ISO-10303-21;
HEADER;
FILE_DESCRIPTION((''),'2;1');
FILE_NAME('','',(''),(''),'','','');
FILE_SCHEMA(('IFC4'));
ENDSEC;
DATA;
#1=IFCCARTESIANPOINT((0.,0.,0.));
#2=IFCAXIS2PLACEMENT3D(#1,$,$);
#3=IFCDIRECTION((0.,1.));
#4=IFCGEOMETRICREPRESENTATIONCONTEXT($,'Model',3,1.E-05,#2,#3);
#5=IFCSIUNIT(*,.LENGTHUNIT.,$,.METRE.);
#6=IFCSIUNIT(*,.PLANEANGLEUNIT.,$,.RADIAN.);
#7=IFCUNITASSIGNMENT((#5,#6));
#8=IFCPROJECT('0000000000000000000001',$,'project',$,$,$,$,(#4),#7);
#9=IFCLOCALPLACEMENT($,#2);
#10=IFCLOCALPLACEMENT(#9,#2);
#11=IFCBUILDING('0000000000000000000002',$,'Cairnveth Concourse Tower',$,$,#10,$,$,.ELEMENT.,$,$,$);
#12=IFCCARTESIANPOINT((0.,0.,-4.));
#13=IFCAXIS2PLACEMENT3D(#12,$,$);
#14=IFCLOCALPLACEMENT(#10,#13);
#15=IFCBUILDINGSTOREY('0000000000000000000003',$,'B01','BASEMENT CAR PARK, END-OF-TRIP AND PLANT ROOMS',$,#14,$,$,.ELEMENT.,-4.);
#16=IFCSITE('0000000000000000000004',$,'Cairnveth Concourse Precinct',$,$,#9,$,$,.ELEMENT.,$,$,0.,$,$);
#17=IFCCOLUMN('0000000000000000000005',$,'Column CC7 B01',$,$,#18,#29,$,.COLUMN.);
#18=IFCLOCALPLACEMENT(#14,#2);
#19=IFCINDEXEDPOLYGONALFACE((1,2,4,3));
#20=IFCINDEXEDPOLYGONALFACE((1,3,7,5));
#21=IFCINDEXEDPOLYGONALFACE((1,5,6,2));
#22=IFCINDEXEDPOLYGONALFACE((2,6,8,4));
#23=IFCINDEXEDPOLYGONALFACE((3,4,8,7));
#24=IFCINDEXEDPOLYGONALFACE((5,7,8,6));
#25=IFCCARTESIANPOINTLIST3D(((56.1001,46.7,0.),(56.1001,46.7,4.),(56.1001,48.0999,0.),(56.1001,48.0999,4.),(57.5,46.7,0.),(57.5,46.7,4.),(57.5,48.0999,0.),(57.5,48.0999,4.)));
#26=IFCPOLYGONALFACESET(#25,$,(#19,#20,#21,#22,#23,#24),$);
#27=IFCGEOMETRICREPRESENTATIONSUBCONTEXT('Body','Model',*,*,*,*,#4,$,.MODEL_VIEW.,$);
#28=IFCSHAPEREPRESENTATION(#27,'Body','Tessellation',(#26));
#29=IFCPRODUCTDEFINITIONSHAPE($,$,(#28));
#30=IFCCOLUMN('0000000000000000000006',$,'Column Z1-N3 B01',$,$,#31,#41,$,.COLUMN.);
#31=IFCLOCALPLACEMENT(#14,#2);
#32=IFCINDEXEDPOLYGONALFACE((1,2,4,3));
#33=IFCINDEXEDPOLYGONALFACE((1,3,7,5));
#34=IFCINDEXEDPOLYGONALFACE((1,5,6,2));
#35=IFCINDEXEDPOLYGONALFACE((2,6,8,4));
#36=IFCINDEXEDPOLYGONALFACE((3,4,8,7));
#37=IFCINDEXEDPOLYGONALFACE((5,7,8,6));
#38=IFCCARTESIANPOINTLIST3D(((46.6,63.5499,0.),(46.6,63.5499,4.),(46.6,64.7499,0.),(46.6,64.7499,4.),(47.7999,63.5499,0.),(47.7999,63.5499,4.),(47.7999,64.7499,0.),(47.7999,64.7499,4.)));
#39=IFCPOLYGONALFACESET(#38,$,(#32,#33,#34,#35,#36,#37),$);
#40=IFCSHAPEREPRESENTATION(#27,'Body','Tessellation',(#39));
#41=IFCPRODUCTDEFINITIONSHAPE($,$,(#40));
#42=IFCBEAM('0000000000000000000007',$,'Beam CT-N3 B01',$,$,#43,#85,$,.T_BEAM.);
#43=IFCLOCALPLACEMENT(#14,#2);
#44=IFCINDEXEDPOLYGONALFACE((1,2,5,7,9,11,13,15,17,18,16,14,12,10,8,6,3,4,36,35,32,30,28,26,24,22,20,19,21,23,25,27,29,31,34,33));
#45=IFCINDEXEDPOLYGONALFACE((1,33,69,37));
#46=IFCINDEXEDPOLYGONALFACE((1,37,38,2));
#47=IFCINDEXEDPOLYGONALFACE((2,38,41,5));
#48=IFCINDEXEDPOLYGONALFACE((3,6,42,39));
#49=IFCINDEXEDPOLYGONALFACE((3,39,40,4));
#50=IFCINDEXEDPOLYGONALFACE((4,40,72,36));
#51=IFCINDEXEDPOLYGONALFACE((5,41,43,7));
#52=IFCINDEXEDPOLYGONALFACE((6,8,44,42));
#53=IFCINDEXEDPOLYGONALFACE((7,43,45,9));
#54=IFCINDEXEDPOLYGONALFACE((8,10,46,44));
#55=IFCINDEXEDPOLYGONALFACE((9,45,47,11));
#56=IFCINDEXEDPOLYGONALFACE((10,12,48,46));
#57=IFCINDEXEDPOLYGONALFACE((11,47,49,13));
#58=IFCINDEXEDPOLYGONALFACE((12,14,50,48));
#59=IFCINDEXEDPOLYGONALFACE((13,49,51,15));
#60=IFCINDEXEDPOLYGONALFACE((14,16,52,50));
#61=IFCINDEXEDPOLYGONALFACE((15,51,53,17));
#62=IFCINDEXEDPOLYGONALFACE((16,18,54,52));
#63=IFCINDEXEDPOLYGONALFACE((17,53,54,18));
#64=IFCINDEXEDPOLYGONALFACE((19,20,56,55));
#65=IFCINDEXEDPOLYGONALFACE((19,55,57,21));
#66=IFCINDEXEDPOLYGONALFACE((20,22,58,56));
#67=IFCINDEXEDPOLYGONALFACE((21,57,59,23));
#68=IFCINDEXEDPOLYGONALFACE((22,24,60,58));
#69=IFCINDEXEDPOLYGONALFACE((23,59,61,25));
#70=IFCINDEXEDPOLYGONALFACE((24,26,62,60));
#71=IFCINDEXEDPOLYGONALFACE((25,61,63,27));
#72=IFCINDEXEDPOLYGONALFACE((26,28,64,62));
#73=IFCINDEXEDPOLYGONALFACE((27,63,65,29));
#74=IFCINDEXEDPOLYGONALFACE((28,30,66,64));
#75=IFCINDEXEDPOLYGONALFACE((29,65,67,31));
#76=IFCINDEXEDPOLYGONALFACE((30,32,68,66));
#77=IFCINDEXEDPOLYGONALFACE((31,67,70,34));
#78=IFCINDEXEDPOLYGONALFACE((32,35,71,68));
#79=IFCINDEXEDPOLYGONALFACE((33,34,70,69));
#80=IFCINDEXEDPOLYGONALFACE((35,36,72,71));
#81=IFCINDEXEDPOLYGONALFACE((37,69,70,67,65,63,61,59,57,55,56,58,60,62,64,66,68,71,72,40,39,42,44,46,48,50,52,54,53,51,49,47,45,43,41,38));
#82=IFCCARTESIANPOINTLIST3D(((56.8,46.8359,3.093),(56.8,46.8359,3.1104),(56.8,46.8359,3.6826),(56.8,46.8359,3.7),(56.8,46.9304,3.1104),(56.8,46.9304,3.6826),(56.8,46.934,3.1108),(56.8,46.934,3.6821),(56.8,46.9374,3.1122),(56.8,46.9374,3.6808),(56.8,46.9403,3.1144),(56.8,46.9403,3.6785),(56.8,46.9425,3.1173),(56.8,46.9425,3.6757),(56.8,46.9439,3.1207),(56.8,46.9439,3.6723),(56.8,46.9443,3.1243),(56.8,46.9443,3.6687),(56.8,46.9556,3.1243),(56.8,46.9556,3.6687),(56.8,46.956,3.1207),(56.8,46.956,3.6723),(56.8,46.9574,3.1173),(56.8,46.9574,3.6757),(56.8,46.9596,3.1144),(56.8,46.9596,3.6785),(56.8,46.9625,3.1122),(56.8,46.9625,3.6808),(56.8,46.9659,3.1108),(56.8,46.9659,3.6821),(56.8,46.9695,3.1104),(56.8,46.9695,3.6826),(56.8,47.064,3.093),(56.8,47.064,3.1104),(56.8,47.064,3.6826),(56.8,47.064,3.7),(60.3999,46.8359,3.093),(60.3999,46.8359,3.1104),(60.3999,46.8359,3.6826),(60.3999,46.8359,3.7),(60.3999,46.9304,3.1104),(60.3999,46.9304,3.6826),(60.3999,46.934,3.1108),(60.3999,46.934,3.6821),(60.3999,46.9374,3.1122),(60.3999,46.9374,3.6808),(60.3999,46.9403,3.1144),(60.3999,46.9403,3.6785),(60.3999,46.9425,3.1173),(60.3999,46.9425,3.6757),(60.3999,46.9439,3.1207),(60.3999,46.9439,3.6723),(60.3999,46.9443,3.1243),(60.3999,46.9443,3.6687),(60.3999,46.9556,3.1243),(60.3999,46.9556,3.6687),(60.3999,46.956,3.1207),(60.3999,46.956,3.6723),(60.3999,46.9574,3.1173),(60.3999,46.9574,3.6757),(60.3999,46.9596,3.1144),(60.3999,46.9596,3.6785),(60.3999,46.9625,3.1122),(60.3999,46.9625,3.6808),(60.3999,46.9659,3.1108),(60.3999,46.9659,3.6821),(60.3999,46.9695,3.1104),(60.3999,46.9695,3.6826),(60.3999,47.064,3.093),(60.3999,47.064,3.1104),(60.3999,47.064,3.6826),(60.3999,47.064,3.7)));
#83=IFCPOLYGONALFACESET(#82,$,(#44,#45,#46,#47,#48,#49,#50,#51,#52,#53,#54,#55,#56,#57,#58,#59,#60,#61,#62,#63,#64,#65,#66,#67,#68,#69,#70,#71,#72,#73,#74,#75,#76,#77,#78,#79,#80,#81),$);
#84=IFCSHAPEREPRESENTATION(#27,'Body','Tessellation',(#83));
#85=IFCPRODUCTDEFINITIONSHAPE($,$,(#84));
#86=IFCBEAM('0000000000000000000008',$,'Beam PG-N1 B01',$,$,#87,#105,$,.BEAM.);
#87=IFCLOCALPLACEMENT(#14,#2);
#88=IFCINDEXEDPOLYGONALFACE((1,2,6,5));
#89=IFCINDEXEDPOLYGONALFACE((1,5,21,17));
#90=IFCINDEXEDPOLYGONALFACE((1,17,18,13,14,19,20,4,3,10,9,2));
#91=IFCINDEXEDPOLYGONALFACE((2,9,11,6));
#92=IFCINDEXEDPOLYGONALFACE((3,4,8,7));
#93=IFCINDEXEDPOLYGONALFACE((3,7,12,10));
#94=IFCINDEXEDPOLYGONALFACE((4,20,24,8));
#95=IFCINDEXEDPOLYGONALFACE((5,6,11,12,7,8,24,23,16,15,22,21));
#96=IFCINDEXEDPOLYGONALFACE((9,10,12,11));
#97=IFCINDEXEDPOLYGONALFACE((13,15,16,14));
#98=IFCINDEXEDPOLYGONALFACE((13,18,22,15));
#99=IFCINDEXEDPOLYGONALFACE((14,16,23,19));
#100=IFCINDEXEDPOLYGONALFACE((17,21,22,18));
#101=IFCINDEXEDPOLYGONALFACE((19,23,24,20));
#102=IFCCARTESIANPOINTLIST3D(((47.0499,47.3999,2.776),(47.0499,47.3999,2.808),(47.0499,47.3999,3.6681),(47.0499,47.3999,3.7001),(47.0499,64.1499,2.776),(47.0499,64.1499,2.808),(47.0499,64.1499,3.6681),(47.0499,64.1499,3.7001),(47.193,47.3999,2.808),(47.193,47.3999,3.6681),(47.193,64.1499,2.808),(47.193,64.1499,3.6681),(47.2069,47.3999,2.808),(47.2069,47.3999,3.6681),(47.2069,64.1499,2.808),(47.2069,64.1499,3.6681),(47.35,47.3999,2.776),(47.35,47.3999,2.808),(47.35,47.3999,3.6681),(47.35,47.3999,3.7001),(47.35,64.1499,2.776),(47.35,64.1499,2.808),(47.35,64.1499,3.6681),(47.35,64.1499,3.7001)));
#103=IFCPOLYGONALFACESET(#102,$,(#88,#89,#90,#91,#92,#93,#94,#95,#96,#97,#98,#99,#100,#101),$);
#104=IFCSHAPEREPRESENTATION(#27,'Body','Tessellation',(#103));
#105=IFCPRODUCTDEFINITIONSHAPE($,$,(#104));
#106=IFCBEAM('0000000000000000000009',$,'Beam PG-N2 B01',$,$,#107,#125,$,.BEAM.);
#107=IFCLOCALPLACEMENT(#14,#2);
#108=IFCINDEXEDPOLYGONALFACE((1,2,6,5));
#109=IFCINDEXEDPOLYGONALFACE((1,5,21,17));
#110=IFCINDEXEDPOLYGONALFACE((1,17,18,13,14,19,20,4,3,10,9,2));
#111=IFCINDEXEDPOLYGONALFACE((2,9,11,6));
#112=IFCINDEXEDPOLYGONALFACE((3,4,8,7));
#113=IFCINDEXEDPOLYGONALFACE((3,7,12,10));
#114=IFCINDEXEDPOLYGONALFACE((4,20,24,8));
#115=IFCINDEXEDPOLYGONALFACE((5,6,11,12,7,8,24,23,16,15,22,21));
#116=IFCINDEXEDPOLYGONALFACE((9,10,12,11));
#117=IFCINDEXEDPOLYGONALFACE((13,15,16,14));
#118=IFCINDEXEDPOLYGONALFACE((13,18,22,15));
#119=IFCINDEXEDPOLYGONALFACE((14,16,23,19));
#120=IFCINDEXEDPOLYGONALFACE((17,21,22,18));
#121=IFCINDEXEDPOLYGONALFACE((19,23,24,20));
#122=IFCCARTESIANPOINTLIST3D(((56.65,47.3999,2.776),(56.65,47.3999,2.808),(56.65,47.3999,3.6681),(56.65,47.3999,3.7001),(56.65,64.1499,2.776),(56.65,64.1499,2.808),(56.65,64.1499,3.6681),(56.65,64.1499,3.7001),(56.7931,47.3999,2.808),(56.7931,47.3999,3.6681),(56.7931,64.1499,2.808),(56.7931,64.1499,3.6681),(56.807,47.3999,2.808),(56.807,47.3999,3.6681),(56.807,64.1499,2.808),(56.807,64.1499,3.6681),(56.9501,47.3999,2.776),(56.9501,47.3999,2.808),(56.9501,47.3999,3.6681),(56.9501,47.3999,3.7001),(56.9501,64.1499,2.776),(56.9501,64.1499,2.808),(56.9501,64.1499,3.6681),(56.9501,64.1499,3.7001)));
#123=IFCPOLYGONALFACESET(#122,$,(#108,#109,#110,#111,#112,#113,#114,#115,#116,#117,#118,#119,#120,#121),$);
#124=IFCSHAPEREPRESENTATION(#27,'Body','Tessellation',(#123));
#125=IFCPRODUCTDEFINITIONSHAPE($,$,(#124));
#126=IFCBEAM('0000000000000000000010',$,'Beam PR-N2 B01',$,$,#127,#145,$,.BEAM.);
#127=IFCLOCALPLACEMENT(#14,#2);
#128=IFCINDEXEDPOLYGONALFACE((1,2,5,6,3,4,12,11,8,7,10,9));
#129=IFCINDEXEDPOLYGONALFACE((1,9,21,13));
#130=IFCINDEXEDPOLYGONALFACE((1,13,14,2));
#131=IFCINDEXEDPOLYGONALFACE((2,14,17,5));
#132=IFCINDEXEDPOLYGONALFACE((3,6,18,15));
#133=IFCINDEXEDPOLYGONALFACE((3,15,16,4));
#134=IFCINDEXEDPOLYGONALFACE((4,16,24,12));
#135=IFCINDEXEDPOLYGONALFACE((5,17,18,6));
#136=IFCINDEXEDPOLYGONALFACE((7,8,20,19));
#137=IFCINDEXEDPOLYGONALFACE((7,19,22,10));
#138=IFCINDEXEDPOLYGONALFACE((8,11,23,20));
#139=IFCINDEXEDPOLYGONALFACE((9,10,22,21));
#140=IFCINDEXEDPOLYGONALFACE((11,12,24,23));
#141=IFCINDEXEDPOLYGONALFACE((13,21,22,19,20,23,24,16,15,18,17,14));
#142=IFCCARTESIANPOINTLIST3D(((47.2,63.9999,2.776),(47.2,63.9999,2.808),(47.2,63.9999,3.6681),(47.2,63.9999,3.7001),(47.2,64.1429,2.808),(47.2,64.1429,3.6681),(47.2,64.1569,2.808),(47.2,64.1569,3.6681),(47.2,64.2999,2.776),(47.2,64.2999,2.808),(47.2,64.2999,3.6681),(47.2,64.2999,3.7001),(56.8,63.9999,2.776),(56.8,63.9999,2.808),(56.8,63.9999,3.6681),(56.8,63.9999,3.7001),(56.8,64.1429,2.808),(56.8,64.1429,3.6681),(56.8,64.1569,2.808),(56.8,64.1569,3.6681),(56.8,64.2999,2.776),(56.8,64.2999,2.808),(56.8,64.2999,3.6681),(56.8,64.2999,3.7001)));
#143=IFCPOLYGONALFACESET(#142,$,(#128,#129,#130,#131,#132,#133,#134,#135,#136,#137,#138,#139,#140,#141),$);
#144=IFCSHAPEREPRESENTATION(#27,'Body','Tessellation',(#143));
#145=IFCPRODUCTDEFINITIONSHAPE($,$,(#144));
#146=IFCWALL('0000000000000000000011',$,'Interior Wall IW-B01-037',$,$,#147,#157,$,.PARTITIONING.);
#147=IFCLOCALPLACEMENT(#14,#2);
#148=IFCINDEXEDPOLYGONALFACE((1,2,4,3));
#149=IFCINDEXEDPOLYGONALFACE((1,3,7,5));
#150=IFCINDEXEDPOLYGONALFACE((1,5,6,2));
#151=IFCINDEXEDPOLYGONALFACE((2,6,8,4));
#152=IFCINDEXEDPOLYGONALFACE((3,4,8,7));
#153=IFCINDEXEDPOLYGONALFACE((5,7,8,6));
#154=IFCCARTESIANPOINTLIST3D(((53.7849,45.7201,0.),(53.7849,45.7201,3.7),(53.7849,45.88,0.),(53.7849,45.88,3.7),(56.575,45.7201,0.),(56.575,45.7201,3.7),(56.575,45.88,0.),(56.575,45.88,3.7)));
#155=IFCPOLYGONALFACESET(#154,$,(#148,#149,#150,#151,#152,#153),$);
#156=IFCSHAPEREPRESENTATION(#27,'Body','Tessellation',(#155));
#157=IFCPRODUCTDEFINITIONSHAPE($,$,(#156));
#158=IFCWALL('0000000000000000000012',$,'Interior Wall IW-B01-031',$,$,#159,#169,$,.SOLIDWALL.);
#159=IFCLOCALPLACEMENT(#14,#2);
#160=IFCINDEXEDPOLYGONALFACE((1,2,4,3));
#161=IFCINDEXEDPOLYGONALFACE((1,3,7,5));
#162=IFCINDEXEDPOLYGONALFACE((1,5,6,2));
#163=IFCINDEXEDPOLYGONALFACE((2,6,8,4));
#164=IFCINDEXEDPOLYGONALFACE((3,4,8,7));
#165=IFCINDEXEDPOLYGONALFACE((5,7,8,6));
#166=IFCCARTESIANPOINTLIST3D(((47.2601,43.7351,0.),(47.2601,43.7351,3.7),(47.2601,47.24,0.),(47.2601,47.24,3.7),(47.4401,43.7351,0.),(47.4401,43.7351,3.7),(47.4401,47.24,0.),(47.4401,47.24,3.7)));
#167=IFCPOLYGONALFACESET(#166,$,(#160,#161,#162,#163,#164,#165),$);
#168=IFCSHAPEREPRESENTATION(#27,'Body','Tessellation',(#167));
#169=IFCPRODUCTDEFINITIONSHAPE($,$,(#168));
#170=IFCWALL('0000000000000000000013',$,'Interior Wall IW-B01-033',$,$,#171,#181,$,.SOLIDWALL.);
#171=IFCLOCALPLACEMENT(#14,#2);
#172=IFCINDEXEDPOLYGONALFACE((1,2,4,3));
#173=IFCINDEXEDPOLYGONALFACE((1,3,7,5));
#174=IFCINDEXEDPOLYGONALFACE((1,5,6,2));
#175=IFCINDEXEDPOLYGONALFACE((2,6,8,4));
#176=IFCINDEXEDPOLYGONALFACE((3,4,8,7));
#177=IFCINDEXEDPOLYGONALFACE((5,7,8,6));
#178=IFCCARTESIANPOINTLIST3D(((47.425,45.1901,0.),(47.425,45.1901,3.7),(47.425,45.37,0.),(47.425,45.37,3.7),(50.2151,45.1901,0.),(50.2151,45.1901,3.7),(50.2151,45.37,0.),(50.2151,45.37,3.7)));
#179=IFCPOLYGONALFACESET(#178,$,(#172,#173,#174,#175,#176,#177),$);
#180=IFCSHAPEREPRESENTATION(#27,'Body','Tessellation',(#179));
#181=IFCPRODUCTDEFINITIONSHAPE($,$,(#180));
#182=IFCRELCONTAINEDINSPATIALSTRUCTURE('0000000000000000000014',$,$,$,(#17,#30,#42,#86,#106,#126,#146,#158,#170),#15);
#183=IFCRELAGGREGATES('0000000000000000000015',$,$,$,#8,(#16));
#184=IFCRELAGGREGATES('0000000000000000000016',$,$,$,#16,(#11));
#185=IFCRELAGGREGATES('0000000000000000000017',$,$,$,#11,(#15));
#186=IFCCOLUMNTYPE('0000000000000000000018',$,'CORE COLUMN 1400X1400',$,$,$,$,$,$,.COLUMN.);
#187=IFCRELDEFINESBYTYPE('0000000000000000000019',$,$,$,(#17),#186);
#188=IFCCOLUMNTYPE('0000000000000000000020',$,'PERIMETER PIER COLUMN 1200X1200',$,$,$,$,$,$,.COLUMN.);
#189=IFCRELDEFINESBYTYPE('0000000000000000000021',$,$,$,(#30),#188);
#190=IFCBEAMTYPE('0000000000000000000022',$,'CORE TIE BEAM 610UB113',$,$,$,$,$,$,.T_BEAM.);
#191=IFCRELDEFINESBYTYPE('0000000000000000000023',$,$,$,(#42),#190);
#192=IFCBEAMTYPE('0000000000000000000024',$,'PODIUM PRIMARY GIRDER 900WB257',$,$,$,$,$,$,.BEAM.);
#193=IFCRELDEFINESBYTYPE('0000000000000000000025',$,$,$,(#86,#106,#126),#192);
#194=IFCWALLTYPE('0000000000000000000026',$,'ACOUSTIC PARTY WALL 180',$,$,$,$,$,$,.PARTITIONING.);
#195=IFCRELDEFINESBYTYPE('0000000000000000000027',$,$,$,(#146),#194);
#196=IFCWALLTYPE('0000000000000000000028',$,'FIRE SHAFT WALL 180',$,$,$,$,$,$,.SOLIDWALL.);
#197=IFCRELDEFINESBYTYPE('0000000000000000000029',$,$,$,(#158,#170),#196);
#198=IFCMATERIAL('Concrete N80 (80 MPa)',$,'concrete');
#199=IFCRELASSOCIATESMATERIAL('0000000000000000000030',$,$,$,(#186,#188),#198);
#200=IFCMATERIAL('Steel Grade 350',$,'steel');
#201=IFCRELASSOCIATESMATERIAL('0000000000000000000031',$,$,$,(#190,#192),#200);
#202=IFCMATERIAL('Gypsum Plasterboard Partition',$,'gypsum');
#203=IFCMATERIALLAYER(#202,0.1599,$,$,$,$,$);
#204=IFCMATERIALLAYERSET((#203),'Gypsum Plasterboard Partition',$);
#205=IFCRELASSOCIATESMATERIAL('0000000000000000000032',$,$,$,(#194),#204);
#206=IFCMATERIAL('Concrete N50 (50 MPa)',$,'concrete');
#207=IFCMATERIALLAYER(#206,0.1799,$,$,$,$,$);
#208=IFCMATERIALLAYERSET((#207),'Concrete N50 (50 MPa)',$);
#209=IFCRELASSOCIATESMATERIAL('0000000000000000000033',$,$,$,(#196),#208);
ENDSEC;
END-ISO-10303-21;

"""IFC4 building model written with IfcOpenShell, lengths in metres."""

from ifc_helpers import new_model, si_unit, direction, frame, frame_2d, origin, origin_2d, place, context, subcontext, project, spatial, rectangle, i_section, extrude, material, layer, layer_set, material_profile, profile_set, type_object, element, save


model = new_model("IFC4")

# Units and contexts
model_context = context("Model", 3, precision=1e-05, world=origin(), true_north=direction((0.0, 1.0)))
body_context = subcontext(model_context, "Body", "Model", "MODEL_VIEW")
ifc_project = project(units=[si_unit("LENGTHUNIT", "METRE"), si_unit("PLANEANGLEUNIT", "RADIAN")], contexts=[model_context])

# Site, building, storey
site_placement = place(None, origin())
site = spatial("IfcSite", under=ifc_project, at=site_placement, Name="Cairnveth Concourse Precinct", CompositionType="ELEMENT", RefElevation=0.0)
building_placement = place(site_placement, origin())
building = spatial("IfcBuilding", under=site, at=building_placement, Name="Cairnveth Concourse Tower", CompositionType="ELEMENT")
storey_placement = place(building_placement, frame((0.0, 0.0, -4.0)))
storey = spatial("IfcBuildingStorey", under=building, at=storey_placement, Name="B01", Description="BASEMENT CAR PARK, END-OF-TRIP AND PLANT ROOMS", CompositionType="ELEMENT", Elevation=-4.0)

# Columns
ifc_material_1 = material(Name="Concrete N80 (80 MPa)", Category="concrete")
ifc_material_profile_1 = material_profile(ifc_material_1, rectangle(XDim=1.3999, YDim=1.3999, at=origin_2d()), Name="RC-COL-1400x1400")
ifc_profile_set_1 = profile_set([ifc_material_profile_1], Name="Concrete N80 (80 MPa)")
column_type_1 = type_object("IfcColumnType", Name="CORE COLUMN 1400X1400", PredefinedType="COLUMN", material=ifc_profile_set_1)
column_1_placement = place(storey_placement, frame((56.8, 47.3999, 0.0), z_axis=(0.0, 0.0, 1.0), x_axis=(1.0, 0.0, 0.0)))
element("IfcColumn", 1, at=column_1_placement, inside=storey, type_object=column_type_1, Name="Column CC7 B01", PredefinedType="COLUMN", context=body_context, shape_type="SweptSolid", body=[
    extrude(rectangle(XDim=1.3999, YDim=1.3999, at=origin_2d()), origin(), (0.0, 0.0, 1.0), 4.0),
])
ifc_material_profile_2 = material_profile(ifc_material_1, rectangle(XDim=1.2, YDim=1.2, at=origin_2d()), Name="RC-COL-1200x1200")
ifc_profile_set_2 = profile_set([ifc_material_profile_2], Name="Concrete N80 (80 MPa)")
column_type_2 = type_object("IfcColumnType", Name="PERIMETER PIER COLUMN 1200X1200", PredefinedType="COLUMN", material=ifc_profile_set_2)
column_2_placement = place(storey_placement, frame((47.2, 64.1499, 0.0), z_axis=(0.0, 0.0, 1.0), x_axis=(1.0, 0.0, 0.0)))
element("IfcColumn", 2, at=column_2_placement, inside=storey, type_object=column_type_2, Name="Column Z1-N3 B01", PredefinedType="COLUMN", context=body_context, shape_type="SweptSolid", body=[
    extrude(rectangle(XDim=1.2, YDim=1.2, at=origin_2d()), origin(), (0.0, 0.0, 1.0), 4.0),
])

# Beams
ifc_material_2 = material(Name="Steel Grade 350", Category="steel")
ifc_material_profile_3 = material_profile(ifc_material_2, i_section(OverallWidth=0.228, OverallDepth=0.6069, WebThickness=0.0112, FlangeThickness=0.0173, FilletRadius=0.0139, at=origin_2d()), Name="610UB113")
ifc_profile_set_3 = profile_set([ifc_material_profile_3], Name="Steel Grade 350")
beam_type_1 = type_object("IfcBeamType", Name="CORE TIE BEAM 610UB113", PredefinedType="T_BEAM", material=ifc_profile_set_3)
beam_1_placement = place(storey_placement, frame((56.8, 46.95, 3.3965), z_axis=(1.0, 0.0, 0.0), x_axis=(0.0, 1.0, 0.0)))
element("IfcBeam", 3, at=beam_1_placement, inside=storey, type_object=beam_type_1, Name="Beam CT-N3 B01", PredefinedType="T_BEAM", context=body_context, shape_type="SweptSolid", body=[
    extrude(i_section(OverallWidth=0.228, OverallDepth=0.6069, WebThickness=0.0112, FlangeThickness=0.0173, FilletRadius=0.0139, at=origin_2d()), origin(), (0.0, 0.0, 1.0), 3.5999),
])
ifc_material_profile_4 = material_profile(ifc_material_2, i_section(OverallWidth=0.3, OverallDepth=0.9241, WebThickness=0.0139, FlangeThickness=0.032, at=origin_2d()), Name="900WB257")
ifc_profile_set_4 = profile_set([ifc_material_profile_4], Name="Steel Grade 350")
beam_type_2 = type_object("IfcBeamType", Name="PODIUM PRIMARY GIRDER 900WB257", PredefinedType="BEAM", material=ifc_profile_set_4)
for number, where, z_axis, x_axis, name in (
    (4, (47.2, 47.3999, 3.238), (0.0, 1.0, 0.0), (-1.0, 0.0, 0.0), "Beam PG-N1 B01"),
    (5, (56.8, 47.3999, 3.238), (0.0, 1.0, 0.0), (-1.0, 0.0, 0.0), "Beam PG-N2 B01"),
):
    element("IfcBeam", number, at=place(storey_placement, frame(where, z_axis=z_axis, x_axis=x_axis)), inside=storey, type_object=beam_type_2, Name=name, PredefinedType="BEAM", context=body_context, shape_type="SweptSolid", body=[
        extrude(i_section(OverallWidth=0.3, OverallDepth=0.9241, WebThickness=0.0139, FlangeThickness=0.032, at=origin_2d()), origin(), (0.0, 0.0, 1.0), 16.75),
    ])
beam_2_placement = place(storey_placement, frame((47.2, 64.1499, 3.238), z_axis=(1.0, 0.0, 0.0), x_axis=(0.0, 1.0, 0.0)))
element("IfcBeam", 6, at=beam_2_placement, inside=storey, type_object=beam_type_2, Name="Beam PR-N2 B01", PredefinedType="BEAM", context=body_context, shape_type="SweptSolid", body=[
    extrude(i_section(OverallWidth=0.3, OverallDepth=0.9241, WebThickness=0.0139, FlangeThickness=0.032, at=origin_2d()), origin(), (0.0, 0.0, 1.0), 9.6001),
])

# Walls
ifc_material_3 = material(Name="Gypsum Plasterboard Partition", Category="gypsum")
ifc_layer_1 = layer(ifc_material_3, 0.1599)
ifc_layer_set_1 = layer_set([ifc_layer_1], Name="Gypsum Plasterboard Partition")
wall_type_1 = type_object("IfcWallType", Name="ACOUSTIC PARTY WALL 180", PredefinedType="PARTITIONING", material=ifc_layer_set_1)
wall_1_placement = place(storey_placement, frame((53.7849, 45.8, 0.0), z_axis=(0.0, 0.0, 1.0), x_axis=(1.0, 0.0, 0.0)))
element("IfcWall", 7, at=wall_1_placement, inside=storey, type_object=wall_type_1, Name="Interior Wall IW-B01-037", PredefinedType="PARTITIONING", context=body_context, shape_type="SweptSolid", body=[
    extrude(rectangle(XDim=2.79, YDim=0.1599, at=frame_2d((1.395, 0.0))), origin(), (0.0, 0.0, 1.0), 3.7),
])
ifc_material_4 = material(Name="Concrete N50 (50 MPa)", Category="concrete")
ifc_layer_2 = layer(ifc_material_4, 0.1799)
ifc_layer_set_2 = layer_set([ifc_layer_2], Name="Concrete N50 (50 MPa)")
wall_type_2 = type_object("IfcWallType", Name="FIRE SHAFT WALL 180", PredefinedType="SOLIDWALL", material=ifc_layer_set_2)
wall_2_placement = place(storey_placement, frame((47.3501, 43.7351, 0.0), z_axis=(0.0, 0.0, 1.0), x_axis=(0.0, 1.0, 0.0)))
element("IfcWall", 8, at=wall_2_placement, inside=storey, type_object=wall_type_2, Name="Interior Wall IW-B01-031", PredefinedType="SOLIDWALL", context=body_context, shape_type="SweptSolid", body=[
    extrude(rectangle(XDim=3.5049, YDim=0.1799, at=frame_2d((1.7524, 0.0))), origin(), (0.0, 0.0, 1.0), 3.7),
])
wall_3_placement = place(storey_placement, frame((47.425, 45.28, 0.0), z_axis=(0.0, 0.0, 1.0), x_axis=(1.0, 0.0, 0.0)))
element("IfcWall", 9, at=wall_3_placement, inside=storey, type_object=wall_type_2, Name="Interior Wall IW-B01-033", PredefinedType="SOLIDWALL", context=body_context, shape_type="SweptSolid", body=[
    extrude(rectangle(XDim=2.79, YDim=0.1799, at=frame_2d((1.395, 0.0))), origin(), (0.0, 0.0, 1.0), 3.7),
])

save(model, "model.ifc")
